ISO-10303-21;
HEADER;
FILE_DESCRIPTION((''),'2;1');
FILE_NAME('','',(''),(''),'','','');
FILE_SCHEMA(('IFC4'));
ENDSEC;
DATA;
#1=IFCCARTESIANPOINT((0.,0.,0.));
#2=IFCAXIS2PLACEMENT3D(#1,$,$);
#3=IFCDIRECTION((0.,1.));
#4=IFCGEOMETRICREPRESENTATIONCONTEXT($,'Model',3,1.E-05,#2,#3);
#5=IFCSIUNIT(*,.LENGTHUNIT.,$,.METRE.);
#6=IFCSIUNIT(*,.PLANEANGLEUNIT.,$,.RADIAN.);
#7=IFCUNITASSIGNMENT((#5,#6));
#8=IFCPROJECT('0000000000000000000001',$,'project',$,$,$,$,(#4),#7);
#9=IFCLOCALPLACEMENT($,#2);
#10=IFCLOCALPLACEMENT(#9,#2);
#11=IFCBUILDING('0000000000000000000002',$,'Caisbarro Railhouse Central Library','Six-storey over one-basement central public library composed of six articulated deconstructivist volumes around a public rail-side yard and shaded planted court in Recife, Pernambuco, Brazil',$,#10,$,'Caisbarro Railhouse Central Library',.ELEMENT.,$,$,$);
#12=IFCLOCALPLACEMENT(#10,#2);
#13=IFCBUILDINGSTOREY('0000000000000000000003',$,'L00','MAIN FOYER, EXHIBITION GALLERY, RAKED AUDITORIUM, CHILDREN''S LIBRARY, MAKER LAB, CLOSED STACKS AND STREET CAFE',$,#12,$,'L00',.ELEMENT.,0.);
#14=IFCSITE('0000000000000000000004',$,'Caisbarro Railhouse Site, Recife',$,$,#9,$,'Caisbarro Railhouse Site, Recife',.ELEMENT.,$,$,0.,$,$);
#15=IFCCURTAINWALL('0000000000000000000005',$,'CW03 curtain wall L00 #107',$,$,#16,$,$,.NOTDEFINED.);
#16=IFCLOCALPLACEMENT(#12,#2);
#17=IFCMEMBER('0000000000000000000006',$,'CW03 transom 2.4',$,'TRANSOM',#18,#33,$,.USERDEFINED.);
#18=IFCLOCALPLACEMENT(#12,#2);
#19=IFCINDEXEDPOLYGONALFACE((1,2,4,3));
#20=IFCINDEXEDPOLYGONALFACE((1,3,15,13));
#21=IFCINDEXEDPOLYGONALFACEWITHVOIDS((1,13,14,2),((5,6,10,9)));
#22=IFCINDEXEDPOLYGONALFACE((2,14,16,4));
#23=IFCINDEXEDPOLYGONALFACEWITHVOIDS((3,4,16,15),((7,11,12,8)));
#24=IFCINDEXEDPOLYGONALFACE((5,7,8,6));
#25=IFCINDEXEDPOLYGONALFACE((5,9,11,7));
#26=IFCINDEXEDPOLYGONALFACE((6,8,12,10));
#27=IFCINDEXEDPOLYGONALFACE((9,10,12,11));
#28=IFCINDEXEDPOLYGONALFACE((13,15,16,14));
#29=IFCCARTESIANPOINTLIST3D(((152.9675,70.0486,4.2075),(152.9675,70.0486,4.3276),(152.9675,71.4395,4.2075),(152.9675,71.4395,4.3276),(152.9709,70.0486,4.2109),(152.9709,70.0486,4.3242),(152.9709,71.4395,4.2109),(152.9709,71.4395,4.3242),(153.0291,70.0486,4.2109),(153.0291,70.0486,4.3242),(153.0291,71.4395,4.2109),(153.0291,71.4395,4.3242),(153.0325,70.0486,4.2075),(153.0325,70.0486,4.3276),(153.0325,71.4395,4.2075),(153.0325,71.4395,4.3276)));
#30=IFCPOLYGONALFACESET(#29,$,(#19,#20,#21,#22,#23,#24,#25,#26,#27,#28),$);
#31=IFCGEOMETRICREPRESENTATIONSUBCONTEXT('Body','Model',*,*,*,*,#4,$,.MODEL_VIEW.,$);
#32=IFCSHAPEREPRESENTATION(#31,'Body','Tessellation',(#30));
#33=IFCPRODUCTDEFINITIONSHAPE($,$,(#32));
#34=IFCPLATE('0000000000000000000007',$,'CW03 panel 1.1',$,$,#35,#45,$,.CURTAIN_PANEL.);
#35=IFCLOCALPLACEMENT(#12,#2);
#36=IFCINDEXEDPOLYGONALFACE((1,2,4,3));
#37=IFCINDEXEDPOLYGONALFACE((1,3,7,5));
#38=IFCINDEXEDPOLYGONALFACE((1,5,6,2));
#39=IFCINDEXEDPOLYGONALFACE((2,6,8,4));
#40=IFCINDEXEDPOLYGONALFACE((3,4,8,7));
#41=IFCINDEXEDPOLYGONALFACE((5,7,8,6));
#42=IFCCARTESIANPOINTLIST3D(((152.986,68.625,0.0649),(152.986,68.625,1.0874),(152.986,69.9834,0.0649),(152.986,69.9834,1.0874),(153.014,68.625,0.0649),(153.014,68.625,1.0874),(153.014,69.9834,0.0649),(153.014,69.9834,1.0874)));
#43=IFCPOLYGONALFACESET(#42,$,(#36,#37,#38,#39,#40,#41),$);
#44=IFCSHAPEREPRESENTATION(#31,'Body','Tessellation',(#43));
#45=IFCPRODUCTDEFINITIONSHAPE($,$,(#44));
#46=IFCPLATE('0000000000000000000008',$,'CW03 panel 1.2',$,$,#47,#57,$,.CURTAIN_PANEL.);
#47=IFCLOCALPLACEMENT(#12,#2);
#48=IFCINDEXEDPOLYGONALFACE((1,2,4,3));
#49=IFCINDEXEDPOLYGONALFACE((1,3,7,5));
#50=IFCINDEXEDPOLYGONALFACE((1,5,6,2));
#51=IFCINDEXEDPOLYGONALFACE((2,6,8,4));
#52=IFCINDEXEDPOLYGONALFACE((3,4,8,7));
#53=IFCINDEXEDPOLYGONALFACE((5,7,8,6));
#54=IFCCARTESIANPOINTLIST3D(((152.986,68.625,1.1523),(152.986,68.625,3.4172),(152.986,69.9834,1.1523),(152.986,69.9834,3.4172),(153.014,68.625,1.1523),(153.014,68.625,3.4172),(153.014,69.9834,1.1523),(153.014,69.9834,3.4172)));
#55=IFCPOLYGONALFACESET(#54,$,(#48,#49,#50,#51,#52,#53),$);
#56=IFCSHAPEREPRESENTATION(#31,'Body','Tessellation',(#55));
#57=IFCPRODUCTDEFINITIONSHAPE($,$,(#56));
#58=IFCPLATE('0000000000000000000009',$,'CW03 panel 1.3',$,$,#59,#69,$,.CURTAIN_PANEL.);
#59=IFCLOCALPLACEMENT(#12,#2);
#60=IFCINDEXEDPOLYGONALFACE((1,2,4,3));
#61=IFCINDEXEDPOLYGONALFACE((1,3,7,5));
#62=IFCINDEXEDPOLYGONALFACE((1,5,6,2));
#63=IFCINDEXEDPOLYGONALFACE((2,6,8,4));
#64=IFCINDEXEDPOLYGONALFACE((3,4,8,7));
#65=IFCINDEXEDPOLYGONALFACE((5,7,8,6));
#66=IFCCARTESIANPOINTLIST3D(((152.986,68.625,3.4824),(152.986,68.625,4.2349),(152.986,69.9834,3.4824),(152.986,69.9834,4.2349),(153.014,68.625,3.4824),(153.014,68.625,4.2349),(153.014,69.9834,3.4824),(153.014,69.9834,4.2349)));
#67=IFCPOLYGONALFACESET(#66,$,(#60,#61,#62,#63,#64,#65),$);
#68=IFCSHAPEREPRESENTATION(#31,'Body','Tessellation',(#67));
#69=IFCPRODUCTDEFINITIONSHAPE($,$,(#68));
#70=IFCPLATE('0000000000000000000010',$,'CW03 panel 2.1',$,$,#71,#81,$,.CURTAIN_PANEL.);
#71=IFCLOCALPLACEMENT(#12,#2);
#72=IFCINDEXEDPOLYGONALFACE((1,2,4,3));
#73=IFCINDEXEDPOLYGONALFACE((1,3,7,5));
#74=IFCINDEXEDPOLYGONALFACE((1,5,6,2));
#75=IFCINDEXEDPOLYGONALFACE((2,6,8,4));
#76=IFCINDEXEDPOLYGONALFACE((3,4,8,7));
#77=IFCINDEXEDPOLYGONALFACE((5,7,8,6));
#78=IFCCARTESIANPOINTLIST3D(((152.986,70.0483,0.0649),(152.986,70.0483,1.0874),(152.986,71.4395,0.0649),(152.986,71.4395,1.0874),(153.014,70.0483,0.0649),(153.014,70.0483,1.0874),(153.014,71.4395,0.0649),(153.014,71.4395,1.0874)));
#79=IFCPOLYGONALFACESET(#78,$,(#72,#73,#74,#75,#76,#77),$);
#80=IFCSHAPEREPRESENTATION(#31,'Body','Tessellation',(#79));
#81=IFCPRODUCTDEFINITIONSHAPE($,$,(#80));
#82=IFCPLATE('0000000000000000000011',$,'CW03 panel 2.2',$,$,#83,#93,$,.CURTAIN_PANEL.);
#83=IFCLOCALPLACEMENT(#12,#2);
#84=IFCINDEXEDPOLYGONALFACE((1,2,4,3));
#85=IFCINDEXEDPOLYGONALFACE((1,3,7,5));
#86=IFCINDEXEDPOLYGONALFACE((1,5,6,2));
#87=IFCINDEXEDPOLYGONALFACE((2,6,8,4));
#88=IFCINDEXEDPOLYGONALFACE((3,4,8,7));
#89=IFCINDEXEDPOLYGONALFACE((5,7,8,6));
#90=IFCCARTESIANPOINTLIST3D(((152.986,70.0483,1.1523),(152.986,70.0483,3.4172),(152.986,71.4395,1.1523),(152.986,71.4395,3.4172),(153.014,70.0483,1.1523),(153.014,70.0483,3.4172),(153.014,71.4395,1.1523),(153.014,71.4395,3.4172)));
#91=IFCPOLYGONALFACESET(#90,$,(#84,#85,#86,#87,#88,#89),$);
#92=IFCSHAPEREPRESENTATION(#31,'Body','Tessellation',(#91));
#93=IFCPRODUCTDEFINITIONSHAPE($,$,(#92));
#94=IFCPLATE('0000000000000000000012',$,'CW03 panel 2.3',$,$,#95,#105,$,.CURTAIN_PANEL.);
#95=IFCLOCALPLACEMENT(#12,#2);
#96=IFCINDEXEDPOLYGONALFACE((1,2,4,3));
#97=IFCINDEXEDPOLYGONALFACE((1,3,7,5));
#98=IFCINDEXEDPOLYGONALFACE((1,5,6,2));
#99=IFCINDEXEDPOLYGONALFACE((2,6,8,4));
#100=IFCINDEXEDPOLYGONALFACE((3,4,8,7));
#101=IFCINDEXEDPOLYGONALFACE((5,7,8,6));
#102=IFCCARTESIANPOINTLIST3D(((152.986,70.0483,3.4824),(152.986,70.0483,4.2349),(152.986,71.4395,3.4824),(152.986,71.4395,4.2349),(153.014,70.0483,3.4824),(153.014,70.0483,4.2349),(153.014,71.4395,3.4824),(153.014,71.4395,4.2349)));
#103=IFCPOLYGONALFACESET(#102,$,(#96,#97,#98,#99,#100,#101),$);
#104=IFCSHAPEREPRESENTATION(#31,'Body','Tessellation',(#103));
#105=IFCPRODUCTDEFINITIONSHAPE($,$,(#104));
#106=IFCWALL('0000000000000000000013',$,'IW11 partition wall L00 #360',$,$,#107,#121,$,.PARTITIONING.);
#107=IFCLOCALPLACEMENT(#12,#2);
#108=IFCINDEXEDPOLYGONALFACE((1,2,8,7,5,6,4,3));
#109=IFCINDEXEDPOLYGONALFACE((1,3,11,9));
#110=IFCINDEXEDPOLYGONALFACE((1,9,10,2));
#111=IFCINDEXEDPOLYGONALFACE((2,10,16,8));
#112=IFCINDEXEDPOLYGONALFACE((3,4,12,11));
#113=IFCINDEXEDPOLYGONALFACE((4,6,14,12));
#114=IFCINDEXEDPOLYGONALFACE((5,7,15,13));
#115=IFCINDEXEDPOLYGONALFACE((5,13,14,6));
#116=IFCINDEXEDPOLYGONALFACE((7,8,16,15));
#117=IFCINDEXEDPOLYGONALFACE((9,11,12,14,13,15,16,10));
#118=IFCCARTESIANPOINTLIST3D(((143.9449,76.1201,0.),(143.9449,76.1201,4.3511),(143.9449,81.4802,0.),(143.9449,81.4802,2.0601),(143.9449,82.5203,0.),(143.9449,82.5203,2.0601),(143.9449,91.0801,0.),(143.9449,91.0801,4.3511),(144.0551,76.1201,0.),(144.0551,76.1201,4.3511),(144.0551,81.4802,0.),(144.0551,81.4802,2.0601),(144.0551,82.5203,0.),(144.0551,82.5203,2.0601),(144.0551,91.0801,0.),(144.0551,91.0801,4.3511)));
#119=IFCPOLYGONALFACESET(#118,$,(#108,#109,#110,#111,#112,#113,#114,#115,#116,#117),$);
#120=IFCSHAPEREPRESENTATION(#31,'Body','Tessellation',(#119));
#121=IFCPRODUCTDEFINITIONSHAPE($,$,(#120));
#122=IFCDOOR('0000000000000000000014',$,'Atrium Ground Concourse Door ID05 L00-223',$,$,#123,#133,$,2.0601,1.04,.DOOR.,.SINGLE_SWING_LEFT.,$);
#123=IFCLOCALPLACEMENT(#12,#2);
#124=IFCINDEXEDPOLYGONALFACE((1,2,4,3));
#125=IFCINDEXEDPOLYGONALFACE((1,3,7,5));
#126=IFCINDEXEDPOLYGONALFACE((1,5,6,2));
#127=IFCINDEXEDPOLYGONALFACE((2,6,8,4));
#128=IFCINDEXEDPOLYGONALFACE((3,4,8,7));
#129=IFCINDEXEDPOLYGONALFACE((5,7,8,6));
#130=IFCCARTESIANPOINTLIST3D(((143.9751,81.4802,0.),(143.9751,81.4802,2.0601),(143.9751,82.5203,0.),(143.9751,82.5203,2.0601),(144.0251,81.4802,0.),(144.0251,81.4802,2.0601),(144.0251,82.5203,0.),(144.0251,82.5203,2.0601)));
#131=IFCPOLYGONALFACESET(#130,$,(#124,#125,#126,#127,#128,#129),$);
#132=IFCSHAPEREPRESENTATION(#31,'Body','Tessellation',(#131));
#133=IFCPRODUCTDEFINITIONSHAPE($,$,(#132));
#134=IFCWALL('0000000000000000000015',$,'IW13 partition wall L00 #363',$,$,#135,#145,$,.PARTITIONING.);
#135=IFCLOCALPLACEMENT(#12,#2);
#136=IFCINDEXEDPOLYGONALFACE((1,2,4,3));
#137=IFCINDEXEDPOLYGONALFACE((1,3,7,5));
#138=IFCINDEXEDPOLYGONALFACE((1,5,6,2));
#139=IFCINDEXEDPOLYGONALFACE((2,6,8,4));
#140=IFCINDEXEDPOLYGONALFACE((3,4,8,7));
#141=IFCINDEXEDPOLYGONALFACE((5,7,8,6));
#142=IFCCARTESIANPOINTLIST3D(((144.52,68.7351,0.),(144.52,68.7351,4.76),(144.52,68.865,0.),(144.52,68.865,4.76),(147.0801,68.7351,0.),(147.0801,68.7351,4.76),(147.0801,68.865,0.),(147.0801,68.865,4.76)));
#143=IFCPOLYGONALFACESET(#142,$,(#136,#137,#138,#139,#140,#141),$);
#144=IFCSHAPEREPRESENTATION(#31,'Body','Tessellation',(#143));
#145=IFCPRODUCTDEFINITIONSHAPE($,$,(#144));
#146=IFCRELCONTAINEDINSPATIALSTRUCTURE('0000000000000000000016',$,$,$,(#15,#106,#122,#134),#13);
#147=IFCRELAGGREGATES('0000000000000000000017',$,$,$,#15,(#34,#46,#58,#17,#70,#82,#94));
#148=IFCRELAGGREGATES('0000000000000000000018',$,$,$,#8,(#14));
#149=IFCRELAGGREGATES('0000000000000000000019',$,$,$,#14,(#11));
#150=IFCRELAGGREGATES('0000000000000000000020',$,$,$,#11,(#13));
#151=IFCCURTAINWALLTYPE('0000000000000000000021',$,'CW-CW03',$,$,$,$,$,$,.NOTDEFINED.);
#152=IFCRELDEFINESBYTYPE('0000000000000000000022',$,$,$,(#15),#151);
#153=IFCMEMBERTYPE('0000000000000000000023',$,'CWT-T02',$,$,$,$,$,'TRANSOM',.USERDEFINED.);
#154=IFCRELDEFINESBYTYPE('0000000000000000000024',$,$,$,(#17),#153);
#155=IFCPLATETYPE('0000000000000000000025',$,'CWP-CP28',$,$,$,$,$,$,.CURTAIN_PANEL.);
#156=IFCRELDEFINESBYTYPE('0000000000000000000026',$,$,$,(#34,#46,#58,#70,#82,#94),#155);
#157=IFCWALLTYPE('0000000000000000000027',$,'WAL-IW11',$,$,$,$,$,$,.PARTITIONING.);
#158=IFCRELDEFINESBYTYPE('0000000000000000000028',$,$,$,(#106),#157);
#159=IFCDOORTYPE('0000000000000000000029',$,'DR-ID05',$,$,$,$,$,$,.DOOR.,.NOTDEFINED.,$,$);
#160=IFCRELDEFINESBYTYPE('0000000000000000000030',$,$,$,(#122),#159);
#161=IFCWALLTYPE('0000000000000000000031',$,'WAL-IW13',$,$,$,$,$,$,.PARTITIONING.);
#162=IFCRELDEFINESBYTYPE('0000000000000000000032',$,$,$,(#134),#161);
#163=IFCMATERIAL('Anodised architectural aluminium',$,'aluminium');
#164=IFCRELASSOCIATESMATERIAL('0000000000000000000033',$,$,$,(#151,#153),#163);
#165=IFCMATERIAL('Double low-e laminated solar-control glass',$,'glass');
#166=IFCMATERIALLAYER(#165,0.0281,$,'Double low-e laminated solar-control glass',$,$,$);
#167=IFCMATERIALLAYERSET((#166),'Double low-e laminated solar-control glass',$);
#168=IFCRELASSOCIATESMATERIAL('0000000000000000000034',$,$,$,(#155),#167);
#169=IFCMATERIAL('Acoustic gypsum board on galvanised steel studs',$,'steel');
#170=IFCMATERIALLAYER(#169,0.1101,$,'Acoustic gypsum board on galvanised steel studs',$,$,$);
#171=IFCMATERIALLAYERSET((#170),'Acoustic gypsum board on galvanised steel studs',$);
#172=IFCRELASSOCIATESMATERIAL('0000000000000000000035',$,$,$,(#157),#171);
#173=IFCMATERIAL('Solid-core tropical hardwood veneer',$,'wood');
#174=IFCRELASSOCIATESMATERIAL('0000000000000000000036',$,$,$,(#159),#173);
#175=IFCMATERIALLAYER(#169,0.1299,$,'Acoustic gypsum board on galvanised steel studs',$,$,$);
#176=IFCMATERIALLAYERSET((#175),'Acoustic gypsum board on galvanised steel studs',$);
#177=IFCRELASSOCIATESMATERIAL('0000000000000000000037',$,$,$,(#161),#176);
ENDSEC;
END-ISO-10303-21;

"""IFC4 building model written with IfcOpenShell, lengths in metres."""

from ifc_helpers import new_model, si_unit, direction, frame, frame_2d, origin, origin_2d, place, context, subcontext, project, spatial, rectangle, hollow_rectangle, extrude, material, layer, layer_set, material_profile, profile_set, type_object, element, fill, aggregate, save


model = new_model("IFC4")

# Units and contexts
model_context = context("Model", 3, precision=1e-05, world=origin(), true_north=direction((0.0, 1.0)))
body_context = subcontext(model_context, "Body", "Model", "MODEL_VIEW")
ifc_project = project(units=[si_unit("LENGTHUNIT", "METRE"), si_unit("PLANEANGLEUNIT", "RADIAN")], contexts=[model_context])

# Site, building, storey
site_placement = place(None, origin())
site = spatial("IfcSite", under=ifc_project, at=site_placement, Name="Caisbarro Railhouse Site, Recife", LongName="Caisbarro Railhouse Site, Recife", CompositionType="ELEMENT", RefElevation=0.0)
building_placement = place(site_placement, origin())
building = spatial("IfcBuilding", under=site, at=building_placement, Name="Caisbarro Railhouse Central Library", Description="Six-storey over one-basement central public library composed of six articulated deconstructivist volumes around a public rail-side yard and shaded planted court in Recife, Pernambuco, Brazil", LongName="Caisbarro Railhouse Central Library", CompositionType="ELEMENT")
storey_placement = place(building_placement, origin())
storey = spatial("IfcBuildingStorey", under=building, at=storey_placement, Name="L00", Description="MAIN FOYER, EXHIBITION GALLERY, RAKED AUDITORIUM, CHILDREN'S LIBRARY, MAKER LAB, CLOSED STACKS AND STREET CAFE", LongName="L00", CompositionType="ELEMENT", Elevation=0.0)

# Curtain wall, member, plates
ifc_material_1 = material(Name="Anodised architectural aluminium", Category="aluminium")
curtain_wall_type = type_object("IfcCurtainWallType", Name="CW-CW03", PredefinedType="NOTDEFINED", material=ifc_material_1)
curtain_wall_placement = place(storey_placement, origin())
curtain_wall = element("IfcCurtainWall", 1, at=curtain_wall_placement, inside=storey, type_object=curtain_wall_type, Name="CW03 curtain wall L00 #107", PredefinedType="NOTDEFINED")
ifc_material_profile_1 = material_profile(ifc_material_1, hollow_rectangle(XDim=0.0649, YDim=0.1201, WallThickness=0.0034, at=origin_2d()), Name="ALU-TRN-65X120")
ifc_profile_set_1 = profile_set([ifc_material_profile_1], Name="Anodised architectural aluminium")
member_type_1 = type_object("IfcMemberType", Name="CWT-T02", ElementType="TRANSOM", PredefinedType="USERDEFINED", material=ifc_profile_set_1)
member_1_placement = place(storey_placement, frame((153.0, 70.0486, 4.2676), z_axis=(0.0, 1.0, 0.0), x_axis=(-1.0, 0.0, 0.0)))
member_1 = element("IfcMember", 2, at=member_1_placement, type_object=member_type_1, Name="CW03 transom 2.4", ObjectType="TRANSOM", PredefinedType="USERDEFINED", context=body_context, shape_type="SweptSolid", body=[
    extrude(hollow_rectangle(XDim=0.0649, YDim=0.1201, WallThickness=0.0034, at=origin_2d()), origin(), (0.0, 0.0, 1.0), 1.3909),
])
ifc_material_2 = material(Name="Double low-e laminated solar-control glass", Category="glass")
ifc_layer_1 = layer(ifc_material_2, 0.0281, Name="Double low-e laminated solar-control glass")
ifc_layer_set_1 = layer_set([ifc_layer_1], Name="Double low-e laminated solar-control glass")
plate_type = type_object("IfcPlateType", Name="CWP-CP28", PredefinedType="CURTAIN_PANEL", material=ifc_layer_set_1)
plate_1_placement = place(storey_placement, frame((153.0, 69.3042, 0.0649), z_axis=(0.0, 0.0, 1.0), x_axis=(0.0, 1.0, 0.0)))
plate_1 = element("IfcPlate", 3, at=plate_1_placement, type_object=plate_type, Name="CW03 panel 1.1", PredefinedType="CURTAIN_PANEL", context=body_context, shape_type="SweptSolid", body=[
    extrude(rectangle(XDim=1.3584, YDim=0.0281, at=origin_2d()), origin(), (0.0, 0.0, 1.0), 1.0225),
])
plate_2_placement = place(storey_placement, frame((153.0, 69.3042, 1.1523), z_axis=(0.0, 0.0, 1.0), x_axis=(0.0, 1.0, 0.0)))
plate_2 = element("IfcPlate", 4, at=plate_2_placement, type_object=plate_type, Name="CW03 panel 1.2", PredefinedType="CURTAIN_PANEL", context=body_context, shape_type="SweptSolid", body=[
    extrude(rectangle(XDim=1.3584, YDim=0.0281, at=origin_2d()), origin(), (0.0, 0.0, 1.0), 2.2649),
])
plate_3_placement = place(storey_placement, frame((153.0, 69.3042, 3.4824), z_axis=(0.0, 0.0, 1.0), x_axis=(0.0, 1.0, 0.0)))
plate_3 = element("IfcPlate", 5, at=plate_3_placement, type_object=plate_type, Name="CW03 panel 1.3", PredefinedType="CURTAIN_PANEL", context=body_context, shape_type="SweptSolid", body=[
    extrude(rectangle(XDim=1.3584, YDim=0.0281, at=origin_2d()), origin(), (0.0, 0.0, 1.0), 0.7524),
])
plate_4_placement = place(storey_placement, frame((153.0, 70.7439, 0.0649), z_axis=(0.0, 0.0, 1.0), x_axis=(0.0, 1.0, 0.0)))
plate_4 = element("IfcPlate", 6, at=plate_4_placement, type_object=plate_type, Name="CW03 panel 2.1", PredefinedType="CURTAIN_PANEL", context=body_context, shape_type="SweptSolid", body=[
    extrude(rectangle(XDim=1.3911, YDim=0.0281, at=origin_2d()), origin(), (0.0, 0.0, 1.0), 1.0225),
])
plate_5_placement = place(storey_placement, frame((153.0, 70.7439, 1.1523), z_axis=(0.0, 0.0, 1.0), x_axis=(0.0, 1.0, 0.0)))
plate_5 = element("IfcPlate", 7, at=plate_5_placement, type_object=plate_type, Name="CW03 panel 2.2", PredefinedType="CURTAIN_PANEL", context=body_context, shape_type="SweptSolid", body=[
    extrude(rectangle(XDim=1.3911, YDim=0.0281, at=origin_2d()), origin(), (0.0, 0.0, 1.0), 2.2649),
])
plate_6_placement = place(storey_placement, frame((153.0, 70.7439, 3.4824), z_axis=(0.0, 0.0, 1.0), x_axis=(0.0, 1.0, 0.0)))
plate_6 = element("IfcPlate", 8, at=plate_6_placement, type_object=plate_type, Name="CW03 panel 2.3", PredefinedType="CURTAIN_PANEL", context=body_context, shape_type="SweptSolid", body=[
    extrude(rectangle(XDim=1.3911, YDim=0.0281, at=origin_2d()), origin(), (0.0, 0.0, 1.0), 0.7524),
])
aggregate(curtain_wall, [plate_1, plate_2, plate_3, member_1, plate_4, plate_5, plate_6])

# Wall, opening, door
ifc_material_3 = material(Name="Acoustic gypsum board on galvanised steel studs", Category="steel")
ifc_layer_2 = layer(ifc_material_3, 0.1101, Name="Acoustic gypsum board on galvanised steel studs")
ifc_layer_set_2 = layer_set([ifc_layer_2], Name="Acoustic gypsum board on galvanised steel studs")
wall_type_1 = type_object("IfcWallType", Name="WAL-IW11", PredefinedType="PARTITIONING", material=ifc_layer_set_2)
wall_1_placement = place(storey_placement, frame((144.0, 76.1201, 0.0), z_axis=(0.0, 0.0, 1.0), x_axis=(0.0, 1.0, 0.0)))
wall_1 = element("IfcWall", 9, at=wall_1_placement, inside=storey, type_object=wall_type_1, Name="IW11 partition wall L00 #360", PredefinedType="PARTITIONING", context=body_context, shape_type="SweptSolid", body=[
    extrude(rectangle(XDim=14.96, YDim=0.1101, at=frame_2d((7.48, 0.0))), origin(), (0.0, 0.0, 1.0), 4.3511),
])
opening_placement = place(wall_1_placement, frame((5.3601, 0.0, 0.0)))
opening = element("IfcOpeningElement", 10, at=opening_placement, cuts=wall_1, PredefinedType="OPENING", context=body_context, shape_type="SweptSolid", body=[
    extrude(rectangle(XDim=1.04, YDim=2.0601, at=frame_2d((0.52, 1.03))), frame((0.0, 0.0649, 0.0), z_axis=(0.0, -1.0, 0.0), x_axis=(1.0, 0.0, 0.0)), (0.0, 0.0, 1.0), 0.1301),
])
ifc_material_4 = material(Name="Solid-core tropical hardwood veneer", Category="wood")
door_type = type_object("IfcDoorType", Name="DR-ID05", OperationType="NOTDEFINED", PredefinedType="DOOR", material=ifc_material_4)
door_placement = place(opening_placement, origin())
door = element("IfcDoor", 11, at=door_placement, inside=storey, type_object=door_type, Name="Atrium Ground Concourse Door ID05 L00-223", OperationType="SINGLE_SWING_LEFT", OverallHeight=2.0601, OverallWidth=1.04, PredefinedType="DOOR", context=body_context, shape_type="SweptSolid", body=[
    extrude(rectangle(XDim=1.04, YDim=2.0601, at=frame_2d((0.52, 1.03))), frame((0.0, 0.0249, 0.0), z_axis=(0.0, -1.0, 0.0), x_axis=(1.0, 0.0, 0.0)), (0.0, 0.0, 1.0), 0.05),
])
fill(opening, door)

# Wall
ifc_layer_3 = layer(ifc_material_3, 0.1299, Name="Acoustic gypsum board on galvanised steel studs")
ifc_layer_set_3 = layer_set([ifc_layer_3], Name="Acoustic gypsum board on galvanised steel studs")
wall_type_2 = type_object("IfcWallType", Name="WAL-IW13", PredefinedType="PARTITIONING", material=ifc_layer_set_3)
wall_2_placement = place(storey_placement, frame((144.52, 68.8, 0.0), z_axis=(0.0, 0.0, 1.0), x_axis=(1.0, 0.0, 0.0)))
element("IfcWall", 12, at=wall_2_placement, inside=storey, type_object=wall_type_2, Name="IW13 partition wall L00 #363", PredefinedType="PARTITIONING", context=body_context, shape_type="SweptSolid", body=[
    extrude(rectangle(XDim=2.5601, YDim=0.1299, at=frame_2d((1.28, 0.0))), origin(), (0.0, 0.0, 1.0), 4.76),
])

save(model, "model.ifc")
